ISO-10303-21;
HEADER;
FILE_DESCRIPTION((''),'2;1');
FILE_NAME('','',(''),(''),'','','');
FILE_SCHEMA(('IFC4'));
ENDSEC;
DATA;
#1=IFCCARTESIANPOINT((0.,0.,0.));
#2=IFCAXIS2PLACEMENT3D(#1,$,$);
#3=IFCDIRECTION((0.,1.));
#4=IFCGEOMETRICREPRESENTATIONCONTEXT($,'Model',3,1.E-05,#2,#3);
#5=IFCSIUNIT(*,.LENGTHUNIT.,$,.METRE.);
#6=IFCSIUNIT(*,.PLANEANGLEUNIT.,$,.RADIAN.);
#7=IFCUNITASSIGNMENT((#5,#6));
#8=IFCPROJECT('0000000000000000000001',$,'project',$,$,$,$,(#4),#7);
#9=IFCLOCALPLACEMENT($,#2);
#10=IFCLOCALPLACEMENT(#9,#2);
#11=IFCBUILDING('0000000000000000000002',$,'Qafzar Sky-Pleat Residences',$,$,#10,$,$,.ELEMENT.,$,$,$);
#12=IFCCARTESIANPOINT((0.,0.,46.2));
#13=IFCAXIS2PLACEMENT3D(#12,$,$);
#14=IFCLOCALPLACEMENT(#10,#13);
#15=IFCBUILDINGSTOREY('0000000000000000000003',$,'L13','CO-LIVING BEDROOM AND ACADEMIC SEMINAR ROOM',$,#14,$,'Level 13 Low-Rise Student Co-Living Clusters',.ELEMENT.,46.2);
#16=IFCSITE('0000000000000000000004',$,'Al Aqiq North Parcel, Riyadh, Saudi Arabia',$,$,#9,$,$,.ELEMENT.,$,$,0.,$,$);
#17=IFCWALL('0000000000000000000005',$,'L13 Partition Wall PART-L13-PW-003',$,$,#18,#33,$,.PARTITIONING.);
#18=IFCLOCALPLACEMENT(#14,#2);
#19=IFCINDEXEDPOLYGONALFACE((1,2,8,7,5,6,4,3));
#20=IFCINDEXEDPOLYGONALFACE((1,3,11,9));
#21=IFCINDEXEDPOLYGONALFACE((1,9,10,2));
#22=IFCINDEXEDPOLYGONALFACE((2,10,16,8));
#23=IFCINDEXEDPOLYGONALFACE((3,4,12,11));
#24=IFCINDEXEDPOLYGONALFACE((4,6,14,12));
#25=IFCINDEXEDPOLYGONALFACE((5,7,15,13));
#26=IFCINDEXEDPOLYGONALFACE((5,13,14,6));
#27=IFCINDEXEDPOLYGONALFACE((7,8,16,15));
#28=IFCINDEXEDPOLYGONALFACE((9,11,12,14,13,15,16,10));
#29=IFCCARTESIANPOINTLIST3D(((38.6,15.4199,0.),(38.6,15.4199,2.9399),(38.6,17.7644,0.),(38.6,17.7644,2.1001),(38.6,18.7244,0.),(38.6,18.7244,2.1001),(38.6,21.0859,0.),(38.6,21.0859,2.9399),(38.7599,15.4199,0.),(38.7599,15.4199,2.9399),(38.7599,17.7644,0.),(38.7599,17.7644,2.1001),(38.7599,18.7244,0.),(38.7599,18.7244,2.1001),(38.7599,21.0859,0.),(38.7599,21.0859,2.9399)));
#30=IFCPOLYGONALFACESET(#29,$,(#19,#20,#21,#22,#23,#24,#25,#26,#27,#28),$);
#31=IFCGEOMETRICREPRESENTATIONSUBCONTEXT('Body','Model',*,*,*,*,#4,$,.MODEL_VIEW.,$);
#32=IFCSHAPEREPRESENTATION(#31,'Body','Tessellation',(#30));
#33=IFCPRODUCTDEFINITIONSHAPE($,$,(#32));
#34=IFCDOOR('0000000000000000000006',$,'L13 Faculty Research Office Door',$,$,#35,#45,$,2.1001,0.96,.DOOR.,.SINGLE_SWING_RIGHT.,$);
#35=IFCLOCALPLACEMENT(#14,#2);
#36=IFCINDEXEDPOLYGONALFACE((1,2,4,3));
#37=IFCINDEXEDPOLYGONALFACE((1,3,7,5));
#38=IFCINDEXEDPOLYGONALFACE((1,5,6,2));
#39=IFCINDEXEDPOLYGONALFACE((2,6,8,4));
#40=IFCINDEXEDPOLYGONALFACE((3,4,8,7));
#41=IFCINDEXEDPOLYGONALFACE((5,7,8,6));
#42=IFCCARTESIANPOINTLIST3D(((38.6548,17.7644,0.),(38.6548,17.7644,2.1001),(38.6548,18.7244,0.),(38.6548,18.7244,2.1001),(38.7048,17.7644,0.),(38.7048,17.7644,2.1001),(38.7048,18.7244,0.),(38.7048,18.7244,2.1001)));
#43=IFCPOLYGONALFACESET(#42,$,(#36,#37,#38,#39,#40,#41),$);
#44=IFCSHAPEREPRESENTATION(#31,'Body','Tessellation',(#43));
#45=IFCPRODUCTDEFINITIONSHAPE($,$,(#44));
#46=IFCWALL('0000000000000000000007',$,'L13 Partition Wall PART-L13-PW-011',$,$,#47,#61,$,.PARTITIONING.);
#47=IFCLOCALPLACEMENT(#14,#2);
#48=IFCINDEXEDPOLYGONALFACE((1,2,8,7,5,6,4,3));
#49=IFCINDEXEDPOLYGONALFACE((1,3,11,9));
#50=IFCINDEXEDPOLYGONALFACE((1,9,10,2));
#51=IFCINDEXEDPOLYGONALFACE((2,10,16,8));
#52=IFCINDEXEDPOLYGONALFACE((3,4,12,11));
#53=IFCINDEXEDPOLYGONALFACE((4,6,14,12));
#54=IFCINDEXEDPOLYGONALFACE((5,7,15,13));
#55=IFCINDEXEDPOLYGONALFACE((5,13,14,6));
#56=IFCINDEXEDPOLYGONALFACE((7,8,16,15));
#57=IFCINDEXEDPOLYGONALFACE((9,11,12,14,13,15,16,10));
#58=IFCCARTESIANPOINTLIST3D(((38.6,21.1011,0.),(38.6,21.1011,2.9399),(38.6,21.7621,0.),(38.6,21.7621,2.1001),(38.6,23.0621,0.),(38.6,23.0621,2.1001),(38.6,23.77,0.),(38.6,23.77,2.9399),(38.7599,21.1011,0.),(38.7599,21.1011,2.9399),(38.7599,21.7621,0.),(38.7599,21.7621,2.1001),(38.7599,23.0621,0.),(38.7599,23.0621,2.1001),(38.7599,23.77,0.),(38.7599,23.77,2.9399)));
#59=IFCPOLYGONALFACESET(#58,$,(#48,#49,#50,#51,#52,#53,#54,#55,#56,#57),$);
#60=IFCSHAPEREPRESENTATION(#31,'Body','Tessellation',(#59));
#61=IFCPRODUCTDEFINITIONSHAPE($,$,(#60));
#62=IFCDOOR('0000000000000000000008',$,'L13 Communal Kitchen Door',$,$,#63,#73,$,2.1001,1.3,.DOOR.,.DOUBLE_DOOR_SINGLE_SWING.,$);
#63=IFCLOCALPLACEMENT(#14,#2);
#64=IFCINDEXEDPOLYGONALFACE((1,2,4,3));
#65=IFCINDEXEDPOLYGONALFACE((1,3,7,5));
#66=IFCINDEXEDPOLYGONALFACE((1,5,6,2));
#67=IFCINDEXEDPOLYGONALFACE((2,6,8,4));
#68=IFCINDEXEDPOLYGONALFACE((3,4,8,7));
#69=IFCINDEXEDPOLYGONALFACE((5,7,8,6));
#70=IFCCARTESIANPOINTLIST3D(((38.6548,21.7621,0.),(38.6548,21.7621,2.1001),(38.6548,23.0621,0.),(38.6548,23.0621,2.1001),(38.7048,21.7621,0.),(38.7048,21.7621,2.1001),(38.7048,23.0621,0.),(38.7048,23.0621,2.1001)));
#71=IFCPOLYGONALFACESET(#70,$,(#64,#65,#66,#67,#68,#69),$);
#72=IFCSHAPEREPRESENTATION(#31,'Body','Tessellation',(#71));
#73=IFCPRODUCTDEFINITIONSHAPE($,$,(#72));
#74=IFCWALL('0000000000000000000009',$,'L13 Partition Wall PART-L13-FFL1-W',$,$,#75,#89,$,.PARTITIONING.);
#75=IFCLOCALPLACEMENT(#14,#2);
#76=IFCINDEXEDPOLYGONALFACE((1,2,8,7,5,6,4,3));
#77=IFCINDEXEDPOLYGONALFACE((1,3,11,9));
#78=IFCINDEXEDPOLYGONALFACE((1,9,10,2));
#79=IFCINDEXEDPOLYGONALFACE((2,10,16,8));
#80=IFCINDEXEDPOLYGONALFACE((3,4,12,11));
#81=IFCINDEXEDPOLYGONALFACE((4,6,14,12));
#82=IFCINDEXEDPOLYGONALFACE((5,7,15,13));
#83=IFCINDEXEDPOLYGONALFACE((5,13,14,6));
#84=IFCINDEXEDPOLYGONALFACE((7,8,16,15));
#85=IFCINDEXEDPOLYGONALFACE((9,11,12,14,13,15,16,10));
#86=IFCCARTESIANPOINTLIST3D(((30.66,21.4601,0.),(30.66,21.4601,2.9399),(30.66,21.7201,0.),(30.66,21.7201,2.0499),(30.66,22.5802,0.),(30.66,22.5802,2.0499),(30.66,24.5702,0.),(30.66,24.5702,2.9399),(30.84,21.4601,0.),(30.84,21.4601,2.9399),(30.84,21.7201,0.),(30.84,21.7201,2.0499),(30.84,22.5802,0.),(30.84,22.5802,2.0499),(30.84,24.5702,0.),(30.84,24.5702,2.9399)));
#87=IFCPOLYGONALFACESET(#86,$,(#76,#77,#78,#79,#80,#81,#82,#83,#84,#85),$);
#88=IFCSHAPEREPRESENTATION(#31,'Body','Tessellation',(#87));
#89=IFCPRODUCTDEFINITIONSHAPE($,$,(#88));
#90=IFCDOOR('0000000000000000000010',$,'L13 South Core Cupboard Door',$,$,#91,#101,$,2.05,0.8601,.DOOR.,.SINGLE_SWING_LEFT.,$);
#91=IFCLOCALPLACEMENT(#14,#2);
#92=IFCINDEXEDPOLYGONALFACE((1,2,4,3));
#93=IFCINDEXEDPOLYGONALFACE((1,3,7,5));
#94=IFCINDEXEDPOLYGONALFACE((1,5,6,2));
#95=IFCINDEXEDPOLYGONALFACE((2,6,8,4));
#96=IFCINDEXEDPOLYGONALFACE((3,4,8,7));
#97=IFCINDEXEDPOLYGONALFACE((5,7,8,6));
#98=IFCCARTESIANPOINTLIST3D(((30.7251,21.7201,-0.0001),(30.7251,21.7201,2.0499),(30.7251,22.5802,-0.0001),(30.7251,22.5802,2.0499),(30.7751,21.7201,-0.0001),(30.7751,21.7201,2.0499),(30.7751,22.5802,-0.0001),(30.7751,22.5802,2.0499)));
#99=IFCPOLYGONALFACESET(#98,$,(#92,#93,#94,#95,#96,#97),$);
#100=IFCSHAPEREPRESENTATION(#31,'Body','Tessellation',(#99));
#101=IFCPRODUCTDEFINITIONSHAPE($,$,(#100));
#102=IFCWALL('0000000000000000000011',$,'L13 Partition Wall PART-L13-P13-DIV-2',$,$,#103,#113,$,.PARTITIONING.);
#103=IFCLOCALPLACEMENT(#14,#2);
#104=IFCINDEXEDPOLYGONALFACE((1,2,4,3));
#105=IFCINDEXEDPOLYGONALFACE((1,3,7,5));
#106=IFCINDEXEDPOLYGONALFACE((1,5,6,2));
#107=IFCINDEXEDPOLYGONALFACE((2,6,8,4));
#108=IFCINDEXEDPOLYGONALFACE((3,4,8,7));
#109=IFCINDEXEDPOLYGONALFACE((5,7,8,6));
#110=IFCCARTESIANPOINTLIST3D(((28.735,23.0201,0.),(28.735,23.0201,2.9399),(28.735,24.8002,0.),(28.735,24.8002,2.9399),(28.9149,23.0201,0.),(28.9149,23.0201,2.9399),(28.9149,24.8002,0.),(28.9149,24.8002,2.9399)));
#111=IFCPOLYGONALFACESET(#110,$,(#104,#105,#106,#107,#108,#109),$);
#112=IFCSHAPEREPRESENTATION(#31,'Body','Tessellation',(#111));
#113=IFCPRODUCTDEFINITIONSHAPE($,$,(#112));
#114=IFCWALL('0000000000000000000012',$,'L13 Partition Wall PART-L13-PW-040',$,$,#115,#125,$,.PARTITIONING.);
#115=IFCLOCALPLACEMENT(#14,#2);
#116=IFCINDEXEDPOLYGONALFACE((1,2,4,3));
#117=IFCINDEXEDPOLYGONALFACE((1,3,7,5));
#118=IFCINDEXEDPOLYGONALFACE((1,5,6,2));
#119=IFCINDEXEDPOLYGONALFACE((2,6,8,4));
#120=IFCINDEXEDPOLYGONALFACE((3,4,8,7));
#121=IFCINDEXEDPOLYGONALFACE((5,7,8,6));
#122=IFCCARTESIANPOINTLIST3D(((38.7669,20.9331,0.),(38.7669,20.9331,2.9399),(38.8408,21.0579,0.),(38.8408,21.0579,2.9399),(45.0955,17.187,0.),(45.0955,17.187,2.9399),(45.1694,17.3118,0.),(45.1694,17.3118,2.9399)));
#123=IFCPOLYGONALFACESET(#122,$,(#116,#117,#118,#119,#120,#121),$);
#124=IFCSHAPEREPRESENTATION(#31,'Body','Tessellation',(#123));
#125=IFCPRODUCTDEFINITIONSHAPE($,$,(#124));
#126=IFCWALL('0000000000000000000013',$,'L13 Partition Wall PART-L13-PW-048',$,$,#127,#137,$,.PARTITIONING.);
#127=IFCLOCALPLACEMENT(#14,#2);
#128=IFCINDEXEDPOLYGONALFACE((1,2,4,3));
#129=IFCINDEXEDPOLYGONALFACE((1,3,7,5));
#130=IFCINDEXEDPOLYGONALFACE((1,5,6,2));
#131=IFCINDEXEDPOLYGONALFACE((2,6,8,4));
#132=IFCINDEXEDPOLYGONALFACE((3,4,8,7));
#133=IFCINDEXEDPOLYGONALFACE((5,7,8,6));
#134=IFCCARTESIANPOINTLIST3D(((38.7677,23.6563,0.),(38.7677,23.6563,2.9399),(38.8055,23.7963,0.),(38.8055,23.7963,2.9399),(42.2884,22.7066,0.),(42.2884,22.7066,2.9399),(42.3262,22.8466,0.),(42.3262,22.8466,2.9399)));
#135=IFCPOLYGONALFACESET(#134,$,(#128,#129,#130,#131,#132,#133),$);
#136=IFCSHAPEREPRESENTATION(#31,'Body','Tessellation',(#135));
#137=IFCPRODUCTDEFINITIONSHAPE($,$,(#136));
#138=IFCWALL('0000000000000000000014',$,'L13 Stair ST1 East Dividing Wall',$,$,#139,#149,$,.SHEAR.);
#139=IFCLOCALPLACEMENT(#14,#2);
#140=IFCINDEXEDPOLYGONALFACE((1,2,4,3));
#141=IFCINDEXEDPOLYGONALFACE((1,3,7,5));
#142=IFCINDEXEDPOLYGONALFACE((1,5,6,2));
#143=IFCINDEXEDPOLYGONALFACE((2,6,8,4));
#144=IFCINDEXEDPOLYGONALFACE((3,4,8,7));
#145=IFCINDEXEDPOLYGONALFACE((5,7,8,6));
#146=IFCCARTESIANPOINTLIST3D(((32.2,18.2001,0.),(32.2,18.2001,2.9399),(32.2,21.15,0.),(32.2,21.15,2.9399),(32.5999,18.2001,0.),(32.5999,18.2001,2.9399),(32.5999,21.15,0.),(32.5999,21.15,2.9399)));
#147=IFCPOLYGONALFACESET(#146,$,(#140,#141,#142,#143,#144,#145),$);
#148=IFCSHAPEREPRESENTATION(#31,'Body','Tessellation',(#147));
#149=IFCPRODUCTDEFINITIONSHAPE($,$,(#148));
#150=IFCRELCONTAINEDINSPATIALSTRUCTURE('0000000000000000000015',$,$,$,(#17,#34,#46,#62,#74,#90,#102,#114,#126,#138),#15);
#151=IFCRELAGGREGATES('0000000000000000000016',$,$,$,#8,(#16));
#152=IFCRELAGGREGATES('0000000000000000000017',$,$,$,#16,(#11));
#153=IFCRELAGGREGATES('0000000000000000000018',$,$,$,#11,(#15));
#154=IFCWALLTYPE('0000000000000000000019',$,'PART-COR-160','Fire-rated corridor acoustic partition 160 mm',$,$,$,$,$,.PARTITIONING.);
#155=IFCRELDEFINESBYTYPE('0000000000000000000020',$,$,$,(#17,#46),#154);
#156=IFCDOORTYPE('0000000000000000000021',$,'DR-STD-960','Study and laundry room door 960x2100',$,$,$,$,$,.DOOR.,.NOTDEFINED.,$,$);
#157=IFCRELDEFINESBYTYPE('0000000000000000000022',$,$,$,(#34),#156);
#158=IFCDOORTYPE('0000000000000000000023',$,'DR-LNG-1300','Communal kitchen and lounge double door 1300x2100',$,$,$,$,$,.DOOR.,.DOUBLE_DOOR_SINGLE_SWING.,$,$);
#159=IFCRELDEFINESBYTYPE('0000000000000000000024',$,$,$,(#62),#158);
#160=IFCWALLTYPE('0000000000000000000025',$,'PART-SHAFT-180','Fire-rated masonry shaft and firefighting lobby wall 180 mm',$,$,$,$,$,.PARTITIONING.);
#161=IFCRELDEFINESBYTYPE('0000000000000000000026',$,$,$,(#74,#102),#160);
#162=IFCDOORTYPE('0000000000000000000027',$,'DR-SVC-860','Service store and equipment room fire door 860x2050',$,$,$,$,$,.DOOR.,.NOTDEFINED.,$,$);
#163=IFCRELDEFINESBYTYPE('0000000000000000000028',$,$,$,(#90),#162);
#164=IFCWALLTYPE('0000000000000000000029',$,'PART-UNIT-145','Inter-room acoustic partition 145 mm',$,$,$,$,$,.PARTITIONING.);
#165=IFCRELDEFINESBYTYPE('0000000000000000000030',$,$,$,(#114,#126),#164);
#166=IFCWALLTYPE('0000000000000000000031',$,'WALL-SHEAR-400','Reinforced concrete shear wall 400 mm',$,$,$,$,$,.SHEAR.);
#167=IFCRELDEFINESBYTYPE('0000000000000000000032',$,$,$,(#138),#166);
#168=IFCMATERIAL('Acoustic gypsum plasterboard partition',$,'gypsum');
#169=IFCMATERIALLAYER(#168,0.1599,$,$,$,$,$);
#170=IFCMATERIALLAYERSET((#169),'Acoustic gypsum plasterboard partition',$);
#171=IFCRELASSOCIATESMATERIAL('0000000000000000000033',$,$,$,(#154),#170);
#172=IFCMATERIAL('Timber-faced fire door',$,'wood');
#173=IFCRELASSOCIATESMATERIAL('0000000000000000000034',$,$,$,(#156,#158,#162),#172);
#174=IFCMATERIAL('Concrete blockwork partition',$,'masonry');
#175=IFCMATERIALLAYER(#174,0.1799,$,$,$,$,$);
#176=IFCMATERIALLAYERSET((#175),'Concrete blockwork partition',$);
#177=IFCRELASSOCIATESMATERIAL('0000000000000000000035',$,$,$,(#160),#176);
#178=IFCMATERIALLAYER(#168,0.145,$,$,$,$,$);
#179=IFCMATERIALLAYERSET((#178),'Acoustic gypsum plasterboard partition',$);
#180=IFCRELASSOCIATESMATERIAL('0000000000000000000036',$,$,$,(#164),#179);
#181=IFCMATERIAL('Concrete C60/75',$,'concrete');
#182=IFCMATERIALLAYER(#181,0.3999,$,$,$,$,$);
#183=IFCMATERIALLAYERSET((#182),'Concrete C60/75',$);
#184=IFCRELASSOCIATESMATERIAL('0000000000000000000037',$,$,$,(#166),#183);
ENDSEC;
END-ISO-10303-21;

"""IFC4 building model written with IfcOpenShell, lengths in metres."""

from ifc_helpers import new_model, si_unit, direction, frame, frame_2d, origin, place, context, subcontext, project, spatial, rectangle, extrude, source, transform, mapped, material, layer, layer_set, type_object, element, fill, save


model = new_model("IFC4")

# Units and contexts
model_context = context("Model", 3, precision=1e-05, world=origin(), true_north=direction((0.0, 1.0)))
body_context = subcontext(model_context, "Body", "Model", "MODEL_VIEW")
ifc_project = project(units=[si_unit("LENGTHUNIT", "METRE"), si_unit("PLANEANGLEUNIT", "RADIAN")], contexts=[model_context])

# Site, building, storey
site_placement = place(None, origin())
site = spatial("IfcSite", under=ifc_project, at=site_placement, Name="Al Aqiq North Parcel, Riyadh, Saudi Arabia", CompositionType="ELEMENT", RefElevation=0.0)
building_placement = place(site_placement, origin())
building = spatial("IfcBuilding", under=site, at=building_placement, Name="Qafzar Sky-Pleat Residences", CompositionType="ELEMENT")
storey_placement = place(building_placement, frame((0.0, 0.0, 46.2)))
storey = spatial("IfcBuildingStorey", under=building, at=storey_placement, Name="L13", Description="CO-LIVING BEDROOM AND ACADEMIC SEMINAR ROOM", LongName="Level 13 Low-Rise Student Co-Living Clusters", CompositionType="ELEMENT", Elevation=46.2)

# Walls, openings, doors
ifc_material_1 = material(Name="Acoustic gypsum plasterboard partition", Category="gypsum")
ifc_layer_1 = layer(ifc_material_1, 0.1599)
ifc_layer_set_1 = layer_set([ifc_layer_1], Name="Acoustic gypsum plasterboard partition")
wall_type_1 = type_object("IfcWallType", Name="PART-COR-160", Description="Fire-rated corridor acoustic partition 160 mm", PredefinedType="PARTITIONING", material=ifc_layer_set_1)
wall_1_placement = place(storey_placement, frame((38.6799, 21.0859, 0.0), z_axis=(0.0, 0.0, 1.0), x_axis=(0.0, -1.0, 0.0)))
wall_1 = element("IfcWall", 1, at=wall_1_placement, inside=storey, type_object=wall_type_1, Name="L13 Partition Wall PART-L13-PW-003", PredefinedType="PARTITIONING", context=body_context, shape_type="SweptSolid", body=[
    extrude(rectangle(XDim=5.666, YDim=0.1599, at=frame_2d((2.833, 0.0))), origin(), (0.0, 0.0, 1.0), 2.9399),
])
opening_1_placement = place(wall_1_placement, frame((2.3616, 0.0, 0.0)))
opening_1 = element("IfcOpeningElement", 2, at=opening_1_placement, cuts=wall_1, PredefinedType="OPENING", context=body_context, shape_type="SweptSolid", body=[
    extrude(rectangle(XDim=0.96, YDim=2.1001, at=frame_2d((0.48, 1.05))), frame((0.0, 0.0898, 0.0), z_axis=(0.0, -1.0, 0.0), x_axis=(1.0, 0.0, 0.0)), (0.0, 0.0, 1.0), 0.1799),
])
ifc_material_2 = material(Name="Timber-faced fire door", Category="wood")
door_type_1 = type_object("IfcDoorType", Name="DR-STD-960", Description="Study and laundry room door 960x2100", OperationType="NOTDEFINED", PredefinedType="DOOR", material=ifc_material_2)
shared_shape_1 = source(origin(), body_context, "Body", "SweptSolid", [
    extrude(rectangle(XDim=0.96, YDim=2.1001, at=frame_2d((0.48, 1.05))), frame((0.0, 0.0249, 0.0), z_axis=(0.0, -1.0, 0.0), x_axis=(1.0, 0.0, 0.0)), (0.0, 0.0, 1.0), 0.05),
])
door_1_placement = place(opening_1_placement, origin())
door_1 = element("IfcDoor", 3, at=door_1_placement, inside=storey, type_object=door_type_1, Name="L13 Faculty Research Office Door", OperationType="SINGLE_SWING_RIGHT", OverallHeight=2.1001, OverallWidth=0.96, PredefinedType="DOOR", context=body_context, shape_type="MappedRepresentation", body=[
    mapped(shared_shape_1, transform((0.0, 0.0, 0.0), x_axis=(1.0, 0.0, 0.0), y_axis=(0.0, 1.0, 0.0), z_axis=(0.0, 0.0, 1.0), scale=1.0)),
])
fill(opening_1, door_1)
wall_2_placement = place(storey_placement, frame((38.6799, 23.77, 0.0), z_axis=(0.0, 0.0, 1.0), x_axis=(0.0, -1.0, 0.0)))
wall_2 = element("IfcWall", 4, at=wall_2_placement, inside=storey, type_object=wall_type_1, Name="L13 Partition Wall PART-L13-PW-011", PredefinedType="PARTITIONING", context=body_context, shape_type="SweptSolid", body=[
    extrude(rectangle(XDim=2.6689, YDim=0.1599, at=frame_2d((1.3345, 0.0))), origin(), (0.0, 0.0, 1.0), 2.9399),
])
opening_2_placement = place(wall_2_placement, frame((0.708, 0.0, 0.0)))
opening_2 = element("IfcOpeningElement", 5, at=opening_2_placement, cuts=wall_2, PredefinedType="OPENING", context=body_context, shape_type="SweptSolid", body=[
    extrude(rectangle(XDim=1.3, YDim=2.1001, at=frame_2d((0.6499, 1.05))), frame((0.0, 0.0898, 0.0), z_axis=(0.0, -1.0, 0.0), x_axis=(1.0, 0.0, 0.0)), (0.0, 0.0, 1.0), 0.1799),
])
door_type_2 = type_object("IfcDoorType", Name="DR-LNG-1300", Description="Communal kitchen and lounge double door 1300x2100", OperationType="DOUBLE_DOOR_SINGLE_SWING", PredefinedType="DOOR", material=ifc_material_2)
shared_shape_2 = source(origin(), body_context, "Body", "SweptSolid", [
    extrude(rectangle(XDim=1.3, YDim=2.1001, at=frame_2d((0.6499, 1.05))), frame((0.0, 0.0249, 0.0), z_axis=(0.0, -1.0, 0.0), x_axis=(1.0, 0.0, 0.0)), (0.0, 0.0, 1.0), 0.05),
])
door_2_placement = place(opening_2_placement, origin())
door_2 = element("IfcDoor", 6, at=door_2_placement, inside=storey, type_object=door_type_2, Name="L13 Communal Kitchen Door", OperationType="DOUBLE_DOOR_SINGLE_SWING", OverallHeight=2.1001, OverallWidth=1.3, PredefinedType="DOOR", context=body_context, shape_type="MappedRepresentation", body=[
    mapped(shared_shape_2, transform((0.0, 0.0, 0.0), x_axis=(1.0, 0.0, 0.0), y_axis=(0.0, 1.0, 0.0), z_axis=(0.0, 0.0, 1.0), scale=1.0)),
])
fill(opening_2, door_2)
ifc_material_3 = material(Name="Concrete blockwork partition", Category="masonry")
ifc_layer_2 = layer(ifc_material_3, 0.1799)
ifc_layer_set_2 = layer_set([ifc_layer_2], Name="Concrete blockwork partition")
wall_type_2 = type_object("IfcWallType", Name="PART-SHAFT-180", Description="Fire-rated masonry shaft and firefighting lobby wall 180 mm", PredefinedType="PARTITIONING", material=ifc_layer_set_2)
wall_3_placement = place(storey_placement, frame((30.75, 21.46, 0.0), z_axis=(0.0, 0.0, 1.0), x_axis=(0.0, 1.0, 0.0)))
wall_3 = element("IfcWall", 7, at=wall_3_placement, inside=storey, type_object=wall_type_2, Name="L13 Partition Wall PART-L13-FFL1-W", PredefinedType="PARTITIONING", context=body_context, shape_type="SweptSolid", body=[
    extrude(rectangle(XDim=3.1101, YDim=0.1799, at=frame_2d((1.5552, 0.0))), origin(), (0.0, 0.0, 1.0), 2.9399),
])
opening_3_placement = place(wall_3_placement, frame((0.26, 0.0, 0.0)))
opening_3 = element("IfcOpeningElement", 8, at=opening_3_placement, cuts=wall_3, PredefinedType="OPENING", context=body_context, shape_type="SweptSolid", body=[
    extrude(rectangle(XDim=0.8601, YDim=2.05, at=frame_2d((0.4302, 1.0249))), frame((0.0, 0.1001, 0.0), z_axis=(0.0, -1.0, 0.0), x_axis=(1.0, 0.0, 0.0)), (0.0, 0.0, 1.0), 0.2),
])
door_type_3 = type_object("IfcDoorType", Name="DR-SVC-860", Description="Service store and equipment room fire door 860x2050", OperationType="NOTDEFINED", PredefinedType="DOOR", material=ifc_material_2)
shared_shape_3 = source(origin(), body_context, "Body", "SweptSolid", [
    extrude(rectangle(XDim=0.8601, YDim=2.05, at=frame_2d((0.4302, 1.0249))), frame((0.0, 0.0249, 0.0), z_axis=(0.0, -1.0, 0.0), x_axis=(1.0, 0.0, 0.0)), (0.0, 0.0, 1.0), 0.05),
])
door_3_placement = place(opening_3_placement, origin())
door_3 = element("IfcDoor", 9, at=door_3_placement, inside=storey, type_object=door_type_3, Name="L13 South Core Cupboard Door", OperationType="SINGLE_SWING_LEFT", OverallHeight=2.05, OverallWidth=0.8601, PredefinedType="DOOR", context=body_context, shape_type="MappedRepresentation", body=[
    mapped(shared_shape_3, transform((0.0, 0.0, 0.0), x_axis=(1.0, 0.0, 0.0), y_axis=(0.0, 1.0, 0.0), z_axis=(0.0, 0.0, 1.0), scale=1.0)),
])
fill(opening_3, door_3)

# Walls
wall_4_placement = place(storey_placement, frame((28.825, 23.02, 0.0), z_axis=(0.0, 0.0, 1.0), x_axis=(0.0, 1.0, 0.0)))
element("IfcWall", 10, at=wall_4_placement, inside=storey, type_object=wall_type_2, Name="L13 Partition Wall PART-L13-P13-DIV-2", PredefinedType="PARTITIONING", context=body_context, shape_type="SweptSolid", body=[
    extrude(rectangle(XDim=1.78, YDim=0.1799, at=frame_2d((0.8901, 0.0))), origin(), (0.0, 0.0, 1.0), 2.9399),
])
ifc_layer_3 = layer(ifc_material_1, 0.145)
ifc_layer_set_3 = layer_set([ifc_layer_3], Name="Acoustic gypsum plasterboard partition")
wall_type_3 = type_object("IfcWallType", Name="PART-UNIT-145", Description="Inter-room acoustic partition 145 mm", PredefinedType="PARTITIONING", material=ifc_layer_set_3)
wall_5_placement = place(storey_placement, frame((38.8037, 20.9956, 0.0), z_axis=(0.0, 0.0, 1.0), x_axis=(0.860542, -0.50938, 0.0)))
element("IfcWall", 11, at=wall_5_placement, inside=storey, type_object=wall_type_3, Name="L13 Partition Wall PART-L13-PW-040", PredefinedType="PARTITIONING", context=body_context, shape_type="SweptSolid", body=[
    extrude(rectangle(XDim=7.3542, YDim=0.145, at=frame_2d((3.6772, 0.0))), origin(), (0.0, 0.0, 1.0), 2.9399),
])
wall_6_placement = place(storey_placement, frame((38.7866, 23.7263, 0.0), z_axis=(0.0, 0.0, 1.0), x_axis=(0.965491, -0.260437, 0.0)))
element("IfcWall", 12, at=wall_6_placement, inside=storey, type_object=wall_type_3, Name="L13 Partition Wall PART-L13-PW-048", PredefinedType="PARTITIONING", context=body_context, shape_type="SweptSolid", body=[
    extrude(rectangle(XDim=3.6465, YDim=0.145, at=frame_2d((1.8232, 0.0))), origin(), (0.0, 0.0, 1.0), 2.9399),
])
ifc_material_4 = material(Name="Concrete C60/75", Category="concrete")
ifc_layer_4 = layer(ifc_material_4, 0.3999)
ifc_layer_set_4 = layer_set([ifc_layer_4], Name="Concrete C60/75")
wall_type_4 = type_object("IfcWallType", Name="WALL-SHEAR-400", Description="Reinforced concrete shear wall 400 mm", PredefinedType="SHEAR", material=ifc_layer_set_4)
wall_7_placement = place(storey_placement, frame((32.3999, 18.2, 0.0), z_axis=(0.0, 0.0, 1.0), x_axis=(0.0, 1.0, 0.0)))
element("IfcWall", 13, at=wall_7_placement, inside=storey, type_object=wall_type_4, Name="L13 Stair ST1 East Dividing Wall", PredefinedType="SHEAR", context=body_context, shape_type="SweptSolid", body=[
    extrude(rectangle(XDim=2.95, YDim=0.3999, at=frame_2d((1.4751, 0.0))), origin(), (0.0, 0.0, 1.0), 2.9399),
])

save(model, "model.ifc")
